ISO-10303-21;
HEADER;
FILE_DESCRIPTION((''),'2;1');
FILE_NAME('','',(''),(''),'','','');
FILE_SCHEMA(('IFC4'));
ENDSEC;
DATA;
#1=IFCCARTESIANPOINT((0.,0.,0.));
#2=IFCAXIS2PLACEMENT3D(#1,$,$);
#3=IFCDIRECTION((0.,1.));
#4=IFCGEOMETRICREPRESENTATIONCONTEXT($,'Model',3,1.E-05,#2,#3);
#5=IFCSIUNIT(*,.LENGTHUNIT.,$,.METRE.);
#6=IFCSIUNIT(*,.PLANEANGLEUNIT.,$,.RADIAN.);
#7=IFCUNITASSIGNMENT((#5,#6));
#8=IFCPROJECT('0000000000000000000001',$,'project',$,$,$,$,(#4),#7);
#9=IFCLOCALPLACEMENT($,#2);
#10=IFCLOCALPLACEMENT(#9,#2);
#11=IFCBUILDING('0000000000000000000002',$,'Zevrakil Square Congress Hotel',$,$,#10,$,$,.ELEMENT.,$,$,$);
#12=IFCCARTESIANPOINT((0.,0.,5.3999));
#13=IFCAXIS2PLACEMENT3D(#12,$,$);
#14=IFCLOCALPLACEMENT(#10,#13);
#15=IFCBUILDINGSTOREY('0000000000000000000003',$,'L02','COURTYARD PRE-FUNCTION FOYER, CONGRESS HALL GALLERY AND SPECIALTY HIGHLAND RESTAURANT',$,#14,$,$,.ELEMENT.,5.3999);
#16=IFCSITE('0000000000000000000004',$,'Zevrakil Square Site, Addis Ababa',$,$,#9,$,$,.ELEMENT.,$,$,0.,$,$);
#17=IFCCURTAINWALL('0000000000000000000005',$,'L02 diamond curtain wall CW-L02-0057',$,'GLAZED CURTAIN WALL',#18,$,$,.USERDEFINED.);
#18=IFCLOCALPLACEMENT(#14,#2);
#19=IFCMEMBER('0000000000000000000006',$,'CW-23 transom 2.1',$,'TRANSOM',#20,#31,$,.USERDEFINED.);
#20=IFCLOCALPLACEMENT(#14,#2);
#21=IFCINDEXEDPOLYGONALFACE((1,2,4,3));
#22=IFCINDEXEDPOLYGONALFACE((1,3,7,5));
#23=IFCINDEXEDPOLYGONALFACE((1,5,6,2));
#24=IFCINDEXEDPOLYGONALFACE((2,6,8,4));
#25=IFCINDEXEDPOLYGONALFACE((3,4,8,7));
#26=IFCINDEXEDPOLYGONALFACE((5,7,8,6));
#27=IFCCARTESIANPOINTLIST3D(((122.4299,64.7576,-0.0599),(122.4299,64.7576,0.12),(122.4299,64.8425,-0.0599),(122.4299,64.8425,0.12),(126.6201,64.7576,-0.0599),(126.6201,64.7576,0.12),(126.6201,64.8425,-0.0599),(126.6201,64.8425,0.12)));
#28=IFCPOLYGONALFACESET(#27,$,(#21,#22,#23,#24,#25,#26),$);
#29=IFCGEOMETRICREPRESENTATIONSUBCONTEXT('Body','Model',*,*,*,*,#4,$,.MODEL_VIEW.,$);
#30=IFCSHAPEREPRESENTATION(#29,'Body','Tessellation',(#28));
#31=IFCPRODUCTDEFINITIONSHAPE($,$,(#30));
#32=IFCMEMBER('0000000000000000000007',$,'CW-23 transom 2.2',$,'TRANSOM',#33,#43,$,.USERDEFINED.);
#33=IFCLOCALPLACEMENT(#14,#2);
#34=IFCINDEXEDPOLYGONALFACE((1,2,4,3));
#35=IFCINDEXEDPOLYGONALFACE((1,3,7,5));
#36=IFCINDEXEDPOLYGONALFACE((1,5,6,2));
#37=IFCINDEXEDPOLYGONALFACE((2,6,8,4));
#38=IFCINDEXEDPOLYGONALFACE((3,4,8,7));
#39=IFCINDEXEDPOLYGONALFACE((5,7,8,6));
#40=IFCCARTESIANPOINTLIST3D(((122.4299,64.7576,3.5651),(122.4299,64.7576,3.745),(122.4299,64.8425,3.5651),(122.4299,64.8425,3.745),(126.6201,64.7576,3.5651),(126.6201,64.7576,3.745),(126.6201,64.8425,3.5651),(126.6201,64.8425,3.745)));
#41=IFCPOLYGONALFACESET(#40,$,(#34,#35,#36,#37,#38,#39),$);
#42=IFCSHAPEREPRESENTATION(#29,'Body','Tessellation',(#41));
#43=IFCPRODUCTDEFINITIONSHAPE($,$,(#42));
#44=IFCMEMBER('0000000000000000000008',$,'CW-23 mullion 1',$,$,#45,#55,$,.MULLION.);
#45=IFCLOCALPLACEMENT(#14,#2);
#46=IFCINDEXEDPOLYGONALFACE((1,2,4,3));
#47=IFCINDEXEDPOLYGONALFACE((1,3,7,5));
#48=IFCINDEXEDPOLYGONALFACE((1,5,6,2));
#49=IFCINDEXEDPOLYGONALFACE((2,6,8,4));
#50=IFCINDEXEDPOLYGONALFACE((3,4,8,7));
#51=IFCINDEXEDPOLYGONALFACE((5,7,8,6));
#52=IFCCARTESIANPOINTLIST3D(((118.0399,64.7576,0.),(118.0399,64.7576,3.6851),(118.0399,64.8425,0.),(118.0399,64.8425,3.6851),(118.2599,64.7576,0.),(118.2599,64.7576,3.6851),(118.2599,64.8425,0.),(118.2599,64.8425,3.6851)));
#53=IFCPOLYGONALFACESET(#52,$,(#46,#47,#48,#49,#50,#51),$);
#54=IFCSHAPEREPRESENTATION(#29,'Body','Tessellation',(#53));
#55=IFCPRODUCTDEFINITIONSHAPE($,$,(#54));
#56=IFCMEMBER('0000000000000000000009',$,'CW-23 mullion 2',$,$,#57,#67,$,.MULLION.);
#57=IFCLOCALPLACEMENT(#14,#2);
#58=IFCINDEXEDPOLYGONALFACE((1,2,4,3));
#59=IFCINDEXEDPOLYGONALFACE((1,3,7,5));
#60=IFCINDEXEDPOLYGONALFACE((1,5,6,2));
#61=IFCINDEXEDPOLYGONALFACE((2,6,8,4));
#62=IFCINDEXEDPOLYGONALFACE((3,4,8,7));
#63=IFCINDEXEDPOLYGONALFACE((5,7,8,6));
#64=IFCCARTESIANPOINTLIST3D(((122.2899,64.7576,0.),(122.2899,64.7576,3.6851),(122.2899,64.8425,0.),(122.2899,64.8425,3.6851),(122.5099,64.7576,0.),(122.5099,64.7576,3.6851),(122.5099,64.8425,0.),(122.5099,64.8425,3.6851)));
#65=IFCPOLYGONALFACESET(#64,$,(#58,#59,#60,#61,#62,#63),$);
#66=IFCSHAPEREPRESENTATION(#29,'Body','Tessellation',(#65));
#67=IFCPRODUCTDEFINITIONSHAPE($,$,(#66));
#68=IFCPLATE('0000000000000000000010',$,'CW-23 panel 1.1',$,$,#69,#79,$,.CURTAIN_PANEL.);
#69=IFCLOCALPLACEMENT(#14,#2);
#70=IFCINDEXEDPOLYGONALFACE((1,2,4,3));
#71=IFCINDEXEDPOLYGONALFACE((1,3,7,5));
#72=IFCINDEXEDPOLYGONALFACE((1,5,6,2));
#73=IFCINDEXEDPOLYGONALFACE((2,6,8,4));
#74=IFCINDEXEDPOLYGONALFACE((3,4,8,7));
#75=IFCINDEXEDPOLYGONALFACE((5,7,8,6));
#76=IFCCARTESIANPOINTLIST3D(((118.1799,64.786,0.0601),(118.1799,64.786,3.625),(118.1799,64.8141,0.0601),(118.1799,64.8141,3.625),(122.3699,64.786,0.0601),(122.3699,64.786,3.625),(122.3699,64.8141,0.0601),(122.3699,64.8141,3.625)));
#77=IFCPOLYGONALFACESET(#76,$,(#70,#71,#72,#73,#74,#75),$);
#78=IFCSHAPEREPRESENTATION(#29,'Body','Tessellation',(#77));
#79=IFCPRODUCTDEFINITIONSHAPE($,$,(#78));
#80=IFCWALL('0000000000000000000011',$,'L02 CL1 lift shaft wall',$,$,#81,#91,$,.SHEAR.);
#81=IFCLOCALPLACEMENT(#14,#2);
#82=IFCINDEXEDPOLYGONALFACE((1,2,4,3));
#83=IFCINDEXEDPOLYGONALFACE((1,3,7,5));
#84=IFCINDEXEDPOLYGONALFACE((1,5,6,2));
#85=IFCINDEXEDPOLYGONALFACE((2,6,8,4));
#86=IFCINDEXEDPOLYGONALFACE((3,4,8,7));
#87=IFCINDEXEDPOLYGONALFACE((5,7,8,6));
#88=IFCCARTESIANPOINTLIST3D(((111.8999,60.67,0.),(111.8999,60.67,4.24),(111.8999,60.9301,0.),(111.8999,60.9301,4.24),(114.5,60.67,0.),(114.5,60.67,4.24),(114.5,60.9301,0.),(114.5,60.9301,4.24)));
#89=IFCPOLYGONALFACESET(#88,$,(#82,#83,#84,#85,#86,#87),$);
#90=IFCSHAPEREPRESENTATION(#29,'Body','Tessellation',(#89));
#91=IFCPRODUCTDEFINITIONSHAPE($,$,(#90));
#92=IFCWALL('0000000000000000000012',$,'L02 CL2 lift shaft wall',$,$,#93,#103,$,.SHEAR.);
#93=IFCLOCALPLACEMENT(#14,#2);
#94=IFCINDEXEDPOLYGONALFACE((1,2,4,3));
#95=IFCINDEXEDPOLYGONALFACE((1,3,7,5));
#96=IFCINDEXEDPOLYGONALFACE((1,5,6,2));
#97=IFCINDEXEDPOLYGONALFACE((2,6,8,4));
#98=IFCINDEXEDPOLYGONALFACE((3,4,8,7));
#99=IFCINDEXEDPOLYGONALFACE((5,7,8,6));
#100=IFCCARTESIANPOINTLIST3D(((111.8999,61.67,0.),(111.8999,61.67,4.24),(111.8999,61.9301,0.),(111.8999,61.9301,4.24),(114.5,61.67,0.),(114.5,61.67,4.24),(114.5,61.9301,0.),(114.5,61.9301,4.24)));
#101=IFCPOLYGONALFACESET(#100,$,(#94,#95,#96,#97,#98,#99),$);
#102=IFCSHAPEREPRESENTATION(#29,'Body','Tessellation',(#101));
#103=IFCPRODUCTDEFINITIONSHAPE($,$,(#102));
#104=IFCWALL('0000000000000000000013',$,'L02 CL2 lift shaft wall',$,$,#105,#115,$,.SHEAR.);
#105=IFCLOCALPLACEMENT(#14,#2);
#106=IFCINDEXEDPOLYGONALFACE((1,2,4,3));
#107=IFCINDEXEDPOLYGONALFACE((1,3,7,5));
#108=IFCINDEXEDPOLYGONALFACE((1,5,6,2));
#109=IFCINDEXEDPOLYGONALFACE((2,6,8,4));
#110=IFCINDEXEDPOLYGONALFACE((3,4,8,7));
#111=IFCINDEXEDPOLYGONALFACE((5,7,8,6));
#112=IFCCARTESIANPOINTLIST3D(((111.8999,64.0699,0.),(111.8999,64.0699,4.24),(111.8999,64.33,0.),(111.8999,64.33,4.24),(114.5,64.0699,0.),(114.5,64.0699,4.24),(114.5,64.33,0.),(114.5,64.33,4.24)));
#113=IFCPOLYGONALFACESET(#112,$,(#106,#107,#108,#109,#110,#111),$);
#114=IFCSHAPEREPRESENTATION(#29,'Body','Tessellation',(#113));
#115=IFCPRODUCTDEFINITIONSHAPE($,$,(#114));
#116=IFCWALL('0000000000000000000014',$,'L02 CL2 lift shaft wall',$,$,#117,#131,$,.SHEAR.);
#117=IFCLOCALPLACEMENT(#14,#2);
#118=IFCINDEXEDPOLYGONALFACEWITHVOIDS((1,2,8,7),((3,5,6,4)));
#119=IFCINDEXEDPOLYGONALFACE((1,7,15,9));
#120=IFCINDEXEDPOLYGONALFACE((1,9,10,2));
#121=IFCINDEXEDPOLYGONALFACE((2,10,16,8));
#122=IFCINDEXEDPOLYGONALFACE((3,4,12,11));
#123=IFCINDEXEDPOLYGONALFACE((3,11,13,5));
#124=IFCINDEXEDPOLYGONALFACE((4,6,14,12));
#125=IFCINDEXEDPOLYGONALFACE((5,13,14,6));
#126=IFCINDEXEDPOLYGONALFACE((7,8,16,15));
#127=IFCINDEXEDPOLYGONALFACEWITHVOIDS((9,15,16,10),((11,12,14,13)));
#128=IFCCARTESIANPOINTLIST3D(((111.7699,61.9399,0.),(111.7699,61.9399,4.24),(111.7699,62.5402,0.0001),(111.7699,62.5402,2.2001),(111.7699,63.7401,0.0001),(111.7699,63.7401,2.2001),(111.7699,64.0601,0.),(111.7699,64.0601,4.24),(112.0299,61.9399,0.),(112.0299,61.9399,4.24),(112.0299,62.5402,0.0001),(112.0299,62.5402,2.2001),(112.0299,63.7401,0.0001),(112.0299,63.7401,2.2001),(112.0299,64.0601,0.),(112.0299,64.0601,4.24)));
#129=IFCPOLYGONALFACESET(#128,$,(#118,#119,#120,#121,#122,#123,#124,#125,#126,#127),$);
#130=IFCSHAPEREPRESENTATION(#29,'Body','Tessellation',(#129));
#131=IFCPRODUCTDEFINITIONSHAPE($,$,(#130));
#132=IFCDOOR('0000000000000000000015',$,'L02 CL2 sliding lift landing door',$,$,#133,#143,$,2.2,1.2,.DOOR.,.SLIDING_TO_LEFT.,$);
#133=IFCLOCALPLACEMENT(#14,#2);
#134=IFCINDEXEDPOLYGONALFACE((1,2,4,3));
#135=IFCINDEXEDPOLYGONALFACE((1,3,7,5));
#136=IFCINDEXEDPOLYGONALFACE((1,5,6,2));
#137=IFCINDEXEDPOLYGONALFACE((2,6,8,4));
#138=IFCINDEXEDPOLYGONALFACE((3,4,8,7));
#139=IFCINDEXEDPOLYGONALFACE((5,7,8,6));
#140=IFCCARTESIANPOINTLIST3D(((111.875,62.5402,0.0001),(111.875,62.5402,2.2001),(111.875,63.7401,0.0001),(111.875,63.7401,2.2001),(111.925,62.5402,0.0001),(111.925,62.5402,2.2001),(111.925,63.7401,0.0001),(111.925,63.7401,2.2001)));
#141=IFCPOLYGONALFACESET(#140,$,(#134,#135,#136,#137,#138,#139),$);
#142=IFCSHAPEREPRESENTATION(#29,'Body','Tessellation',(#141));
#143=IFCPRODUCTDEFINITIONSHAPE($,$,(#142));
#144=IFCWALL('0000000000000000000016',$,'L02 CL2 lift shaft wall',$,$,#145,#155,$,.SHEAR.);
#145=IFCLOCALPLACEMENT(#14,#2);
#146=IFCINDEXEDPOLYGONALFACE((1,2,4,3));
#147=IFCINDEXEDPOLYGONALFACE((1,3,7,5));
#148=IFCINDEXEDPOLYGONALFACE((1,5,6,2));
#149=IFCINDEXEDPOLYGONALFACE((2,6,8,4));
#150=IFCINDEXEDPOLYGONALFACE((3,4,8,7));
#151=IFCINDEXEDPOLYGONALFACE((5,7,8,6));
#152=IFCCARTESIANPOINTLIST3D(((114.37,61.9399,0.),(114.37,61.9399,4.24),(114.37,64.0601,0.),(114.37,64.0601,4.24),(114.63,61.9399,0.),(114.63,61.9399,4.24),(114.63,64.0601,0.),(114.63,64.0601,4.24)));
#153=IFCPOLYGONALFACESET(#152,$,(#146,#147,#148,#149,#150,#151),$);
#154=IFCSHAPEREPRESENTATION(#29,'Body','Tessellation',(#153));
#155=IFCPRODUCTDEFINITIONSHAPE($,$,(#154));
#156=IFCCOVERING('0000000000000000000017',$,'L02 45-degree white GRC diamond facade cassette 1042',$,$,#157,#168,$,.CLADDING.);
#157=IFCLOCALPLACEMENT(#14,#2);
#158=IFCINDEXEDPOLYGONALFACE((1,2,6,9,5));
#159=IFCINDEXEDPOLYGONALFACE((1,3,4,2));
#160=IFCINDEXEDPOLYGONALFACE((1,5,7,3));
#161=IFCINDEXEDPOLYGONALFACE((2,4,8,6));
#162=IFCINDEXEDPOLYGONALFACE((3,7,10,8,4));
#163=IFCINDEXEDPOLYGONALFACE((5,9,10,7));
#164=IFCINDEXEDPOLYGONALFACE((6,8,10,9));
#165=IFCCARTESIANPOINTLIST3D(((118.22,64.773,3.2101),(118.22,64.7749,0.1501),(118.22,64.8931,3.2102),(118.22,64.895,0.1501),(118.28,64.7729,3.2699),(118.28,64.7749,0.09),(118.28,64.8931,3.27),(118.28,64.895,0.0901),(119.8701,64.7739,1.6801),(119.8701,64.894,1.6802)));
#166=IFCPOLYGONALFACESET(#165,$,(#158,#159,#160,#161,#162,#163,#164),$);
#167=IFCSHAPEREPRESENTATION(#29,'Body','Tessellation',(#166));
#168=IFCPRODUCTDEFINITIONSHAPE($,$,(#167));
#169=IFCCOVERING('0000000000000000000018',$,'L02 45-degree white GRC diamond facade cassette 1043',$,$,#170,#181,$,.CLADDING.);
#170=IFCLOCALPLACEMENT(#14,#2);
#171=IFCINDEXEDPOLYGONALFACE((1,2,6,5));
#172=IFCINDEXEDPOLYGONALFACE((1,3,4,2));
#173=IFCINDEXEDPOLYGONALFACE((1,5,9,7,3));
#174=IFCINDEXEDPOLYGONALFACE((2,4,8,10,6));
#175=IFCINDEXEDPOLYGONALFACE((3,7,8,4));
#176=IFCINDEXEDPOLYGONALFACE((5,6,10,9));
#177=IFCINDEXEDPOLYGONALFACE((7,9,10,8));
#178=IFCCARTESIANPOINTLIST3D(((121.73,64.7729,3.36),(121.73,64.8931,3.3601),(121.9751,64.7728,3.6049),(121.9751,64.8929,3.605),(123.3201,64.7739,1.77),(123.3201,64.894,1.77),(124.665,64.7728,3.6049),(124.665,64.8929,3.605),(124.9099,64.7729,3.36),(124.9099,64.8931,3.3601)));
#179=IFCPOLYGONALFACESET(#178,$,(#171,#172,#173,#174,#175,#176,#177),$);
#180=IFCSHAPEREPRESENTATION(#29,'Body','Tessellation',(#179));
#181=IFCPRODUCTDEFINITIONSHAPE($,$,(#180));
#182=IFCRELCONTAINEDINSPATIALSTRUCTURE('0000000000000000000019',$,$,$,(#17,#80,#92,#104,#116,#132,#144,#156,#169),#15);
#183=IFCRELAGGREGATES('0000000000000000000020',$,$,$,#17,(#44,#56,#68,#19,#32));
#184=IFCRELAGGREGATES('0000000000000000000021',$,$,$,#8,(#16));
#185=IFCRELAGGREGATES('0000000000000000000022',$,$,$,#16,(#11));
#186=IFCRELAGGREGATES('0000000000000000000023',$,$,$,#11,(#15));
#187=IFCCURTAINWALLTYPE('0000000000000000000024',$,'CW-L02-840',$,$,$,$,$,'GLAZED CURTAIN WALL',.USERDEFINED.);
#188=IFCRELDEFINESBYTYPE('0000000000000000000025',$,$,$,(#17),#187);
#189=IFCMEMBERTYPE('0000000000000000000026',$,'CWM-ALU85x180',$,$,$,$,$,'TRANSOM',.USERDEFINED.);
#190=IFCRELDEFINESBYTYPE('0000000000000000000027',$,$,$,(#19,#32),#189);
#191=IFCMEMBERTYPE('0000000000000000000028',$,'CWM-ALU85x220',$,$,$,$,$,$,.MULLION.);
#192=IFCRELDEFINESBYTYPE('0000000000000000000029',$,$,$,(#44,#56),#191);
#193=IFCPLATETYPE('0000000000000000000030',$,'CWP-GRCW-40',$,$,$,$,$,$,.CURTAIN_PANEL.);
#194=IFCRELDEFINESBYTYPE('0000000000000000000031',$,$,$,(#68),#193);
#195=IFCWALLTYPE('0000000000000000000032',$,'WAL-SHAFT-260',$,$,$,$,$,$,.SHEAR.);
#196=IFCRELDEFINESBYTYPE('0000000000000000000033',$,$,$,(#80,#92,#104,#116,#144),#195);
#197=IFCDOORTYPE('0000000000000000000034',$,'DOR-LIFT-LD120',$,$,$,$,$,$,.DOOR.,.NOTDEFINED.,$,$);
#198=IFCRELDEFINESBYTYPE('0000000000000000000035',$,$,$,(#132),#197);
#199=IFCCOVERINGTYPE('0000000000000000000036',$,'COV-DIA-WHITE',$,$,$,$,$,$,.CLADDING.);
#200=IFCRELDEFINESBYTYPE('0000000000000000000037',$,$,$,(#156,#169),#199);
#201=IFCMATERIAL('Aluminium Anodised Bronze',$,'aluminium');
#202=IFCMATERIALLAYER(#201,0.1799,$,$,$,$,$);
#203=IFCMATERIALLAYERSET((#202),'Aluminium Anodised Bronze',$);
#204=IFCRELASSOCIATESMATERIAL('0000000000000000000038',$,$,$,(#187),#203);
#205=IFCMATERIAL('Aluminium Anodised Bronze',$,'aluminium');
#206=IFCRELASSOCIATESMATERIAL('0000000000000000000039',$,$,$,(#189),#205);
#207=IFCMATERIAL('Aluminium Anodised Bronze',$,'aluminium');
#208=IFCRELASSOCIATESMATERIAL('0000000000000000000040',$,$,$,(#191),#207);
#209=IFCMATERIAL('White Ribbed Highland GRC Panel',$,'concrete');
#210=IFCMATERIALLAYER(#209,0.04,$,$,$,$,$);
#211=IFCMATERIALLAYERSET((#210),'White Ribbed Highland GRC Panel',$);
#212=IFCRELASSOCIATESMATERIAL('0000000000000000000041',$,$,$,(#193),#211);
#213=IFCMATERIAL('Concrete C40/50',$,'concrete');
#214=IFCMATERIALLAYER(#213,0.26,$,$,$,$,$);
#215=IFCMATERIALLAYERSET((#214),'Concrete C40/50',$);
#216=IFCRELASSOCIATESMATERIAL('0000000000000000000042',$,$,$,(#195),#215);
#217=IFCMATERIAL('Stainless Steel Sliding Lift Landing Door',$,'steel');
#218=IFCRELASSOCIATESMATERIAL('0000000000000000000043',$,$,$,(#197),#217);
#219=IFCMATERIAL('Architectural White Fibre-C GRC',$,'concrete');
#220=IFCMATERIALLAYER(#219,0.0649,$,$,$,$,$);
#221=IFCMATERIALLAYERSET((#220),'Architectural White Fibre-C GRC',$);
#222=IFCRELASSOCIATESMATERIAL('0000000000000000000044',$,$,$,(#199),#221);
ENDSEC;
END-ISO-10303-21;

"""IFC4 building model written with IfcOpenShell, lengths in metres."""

from ifc_helpers import new_model, si_unit, direction, frame, frame_2d, origin, origin_2d, place, context, subcontext, project, spatial, polyline, rectangle, outline, extrude, material, layer, layer_set, material_profile, profile_set, type_object, element, fill, aggregate, save


model = new_model("IFC4")

# Units and contexts
model_context = context("Model", 3, precision=1e-05, world=origin(), true_north=direction((0.0, 1.0)))
body_context = subcontext(model_context, "Body", "Model", "MODEL_VIEW")
ifc_project = project(units=[si_unit("LENGTHUNIT", "METRE"), si_unit("PLANEANGLEUNIT", "RADIAN")], contexts=[model_context])

# Site, building, storey
site_placement = place(None, origin())
site = spatial("IfcSite", under=ifc_project, at=site_placement, Name="Zevrakil Square Site, Addis Ababa", CompositionType="ELEMENT", RefElevation=0.0)
building_placement = place(site_placement, origin())
building = spatial("IfcBuilding", under=site, at=building_placement, Name="Zevrakil Square Congress Hotel", CompositionType="ELEMENT")
storey_placement = place(building_placement, frame((0.0, 0.0, 5.3999)))
storey = spatial("IfcBuildingStorey", under=building, at=storey_placement, Name="L02", Description="COURTYARD PRE-FUNCTION FOYER, CONGRESS HALL GALLERY AND SPECIALTY HIGHLAND RESTAURANT", CompositionType="ELEMENT", Elevation=5.3999)

# Curtain wall, members, plate
ifc_material_1 = material(Name="Aluminium Anodised Bronze", Category="aluminium")
ifc_layer_1 = layer(ifc_material_1, 0.1799)
ifc_layer_set_1 = layer_set([ifc_layer_1], Name="Aluminium Anodised Bronze")
curtain_wall_type = type_object("IfcCurtainWallType", Name="CW-L02-840", ElementType="GLAZED CURTAIN WALL", PredefinedType="USERDEFINED", material=ifc_layer_set_1)
curtain_wall_placement = place(storey_placement, origin())
curtain_wall = element("IfcCurtainWall", 1, at=curtain_wall_placement, inside=storey, type_object=curtain_wall_type, Name="L02 diamond curtain wall CW-L02-0057", ObjectType="GLAZED CURTAIN WALL", PredefinedType="USERDEFINED")
ifc_material_2 = material(Name="Aluminium Anodised Bronze", Category="aluminium")
ifc_material_profile_1 = material_profile(ifc_material_2, rectangle(XDim=0.085, YDim=0.1799, at=origin_2d()), Name="ALU 85x180")
ifc_profile_set_1 = profile_set([ifc_material_profile_1], Name="Aluminium Anodised Bronze")
member_type_1 = type_object("IfcMemberType", Name="CWM-ALU85x180", ElementType="TRANSOM", PredefinedType="USERDEFINED", material=ifc_profile_set_1)
member_1_placement = place(storey_placement, frame((122.4299, 64.8, 0.03), z_axis=(1.0, 0.0, 0.0), x_axis=(0.0, 1.0, 0.0)))
member_1 = element("IfcMember", 2, at=member_1_placement, type_object=member_type_1, Name="CW-23 transom 2.1", ObjectType="TRANSOM", PredefinedType="USERDEFINED", context=body_context, shape_type="SweptSolid", body=[
    extrude(rectangle(XDim=0.085, YDim=0.1799, at=origin_2d()), origin(), (0.0, 0.0, 1.0), 4.1902),
])
member_2_placement = place(storey_placement, frame((122.4299, 64.8, 3.655), z_axis=(1.0, 0.0, 0.0), x_axis=(0.0, 1.0, 0.0)))
member_2 = element("IfcMember", 3, at=member_2_placement, type_object=member_type_1, Name="CW-23 transom 2.2", ObjectType="TRANSOM", PredefinedType="USERDEFINED", context=body_context, shape_type="SweptSolid", body=[
    extrude(rectangle(XDim=0.085, YDim=0.1799, at=origin_2d()), origin(), (0.0, 0.0, 1.0), 4.1902),
])
ifc_material_3 = material(Name="Aluminium Anodised Bronze", Category="aluminium")
ifc_material_profile_2 = material_profile(ifc_material_3, rectangle(XDim=0.085, YDim=0.22, at=origin_2d()), Name="ALU 85x220")
ifc_profile_set_2 = profile_set([ifc_material_profile_2], Name="Aluminium Anodised Bronze")
member_type_2 = type_object("IfcMemberType", Name="CWM-ALU85x220", PredefinedType="MULLION", material=ifc_profile_set_2)
member_3_placement = place(storey_placement, frame((118.1499, 64.8, 0.0), z_axis=(0.0, 0.0, 1.0), x_axis=(0.0, 1.0, 0.0)))
member_3 = element("IfcMember", 4, at=member_3_placement, type_object=member_type_2, Name="CW-23 mullion 1", PredefinedType="MULLION", context=body_context, shape_type="SweptSolid", body=[
    extrude(rectangle(XDim=0.085, YDim=0.22, at=origin_2d()), origin(), (0.0, 0.0, 1.0), 3.6851),
])
member_4_placement = place(storey_placement, frame((122.3999, 64.8, 0.0), z_axis=(0.0, 0.0, 1.0), x_axis=(0.0, 1.0, 0.0)))
member_4 = element("IfcMember", 5, at=member_4_placement, type_object=member_type_2, Name="CW-23 mullion 2", PredefinedType="MULLION", context=body_context, shape_type="SweptSolid", body=[
    extrude(rectangle(XDim=0.085, YDim=0.22, at=origin_2d()), origin(), (0.0, 0.0, 1.0), 3.6851),
])
ifc_material_4 = material(Name="White Ribbed Highland GRC Panel", Category="concrete")
ifc_layer_2 = layer(ifc_material_4, 0.04)
ifc_layer_set_2 = layer_set([ifc_layer_2], Name="White Ribbed Highland GRC Panel")
plate_type = type_object("IfcPlateType", Name="CWP-GRCW-40", PredefinedType="CURTAIN_PANEL", material=ifc_layer_set_2)
plate_placement = place(storey_placement, frame((120.2749, 64.8, 0.0601), z_axis=(0.0, 0.0, 1.0), x_axis=(1.0, 0.0, 0.0)))
plate = element("IfcPlate", 6, at=plate_placement, type_object=plate_type, Name="CW-23 panel 1.1", PredefinedType="CURTAIN_PANEL", context=body_context, shape_type="SweptSolid", body=[
    extrude(rectangle(XDim=4.1899, YDim=0.0281, at=origin_2d()), origin(), (0.0, 0.0, 1.0), 3.5649),
])
aggregate(curtain_wall, [member_3, member_4, plate, member_1, member_2])

# Walls
ifc_material_5 = material(Name="Concrete C40/50", Category="concrete")
ifc_layer_3 = layer(ifc_material_5, 0.26)
ifc_layer_set_3 = layer_set([ifc_layer_3], Name="Concrete C40/50")
wall_type = type_object("IfcWallType", Name="WAL-SHAFT-260", PredefinedType="SHEAR", material=ifc_layer_set_3)
for number, where, z_axis, x_axis, name in (
    (7, (111.8999, 60.8, 0.0), (0.0, 0.0, 1.0), (1.0, 0.0, 0.0), "L02 CL1 lift shaft wall"),
    (8, (111.8999, 61.8, 0.0), (0.0, 0.0, 1.0), (1.0, 0.0, 0.0), "L02 CL2 lift shaft wall"),
    (9, (111.8999, 64.2, 0.0), (0.0, 0.0, 1.0), (1.0, 0.0, 0.0), "L02 CL2 lift shaft wall"),
):
    element("IfcWall", number, at=place(storey_placement, frame(where, z_axis=z_axis, x_axis=x_axis)), inside=storey, type_object=wall_type, Name=name, PredefinedType="SHEAR", context=body_context, shape_type="SweptSolid", body=[
        extrude(rectangle(XDim=2.6001, YDim=0.26, at=frame_2d((1.3, 0.0))), origin(), (0.0, 0.0, 1.0), 4.24),
    ])

# Wall, opening, door
wall_1_placement = place(storey_placement, frame((111.8999, 61.9399, 0.0), z_axis=(0.0, 0.0, 1.0), x_axis=(0.0, 1.0, 0.0)))
wall_1 = element("IfcWall", 10, at=wall_1_placement, inside=storey, type_object=wall_type, Name="L02 CL2 lift shaft wall", PredefinedType="SHEAR", context=body_context, shape_type="SweptSolid", body=[
    extrude(rectangle(XDim=2.1201, YDim=0.26, at=frame_2d((1.0601, 0.0))), origin(), (0.0, 0.0, 1.0), 4.24),
])
opening_placement = place(wall_1_placement, frame((0.6001, 0.0, 0.0)))
opening = element("IfcOpeningElement", 11, at=opening_placement, cuts=wall_1, PredefinedType="OPENING", context=body_context, shape_type="SweptSolid", body=[
    extrude(rectangle(XDim=1.2, YDim=2.2, at=frame_2d((0.6001, 1.1001))), frame((0.0, 0.1401, 0.0), z_axis=(0.0, -1.0, 0.0), x_axis=(1.0, 0.0, 0.0)), (0.0, 0.0, 1.0), 0.28),
])
ifc_material_6 = material(Name="Stainless Steel Sliding Lift Landing Door", Category="steel")
door_type = type_object("IfcDoorType", Name="DOR-LIFT-LD120", OperationType="NOTDEFINED", PredefinedType="DOOR", material=ifc_material_6)
door_placement = place(opening_placement, origin())
door = element("IfcDoor", 12, at=door_placement, inside=storey, type_object=door_type, Name="L02 CL2 sliding lift landing door", OperationType="SLIDING_TO_LEFT", OverallHeight=2.2, OverallWidth=1.2, PredefinedType="DOOR", context=body_context, shape_type="SweptSolid", body=[
    extrude(rectangle(XDim=1.2, YDim=2.2, at=frame_2d((0.6001, 1.1001))), frame((0.0, 0.0249, 0.0), z_axis=(0.0, -1.0, 0.0), x_axis=(1.0, 0.0, 0.0)), (0.0, 0.0, 1.0), 0.05),
])
fill(opening, door)

# Wall
wall_2_placement = place(storey_placement, frame((114.5, 61.9399, 0.0), z_axis=(0.0, 0.0, 1.0), x_axis=(0.0, 1.0, 0.0)))
element("IfcWall", 13, at=wall_2_placement, inside=storey, type_object=wall_type, Name="L02 CL2 lift shaft wall", PredefinedType="SHEAR", context=body_context, shape_type="SweptSolid", body=[
    extrude(rectangle(XDim=2.1201, YDim=0.26, at=frame_2d((1.0601, 0.0))), origin(), (0.0, 0.0, 1.0), 4.24),
])

# Coverings
ifc_material_7 = material(Name="Architectural White Fibre-C GRC", Category="concrete")
ifc_layer_4 = layer(ifc_material_7, 0.0649)
ifc_layer_set_4 = layer_set([ifc_layer_4], Name="Architectural White Fibre-C GRC")
covering_type = type_object("IfcCoveringType", Name="COV-DIA-WHITE", PredefinedType="CLADDING", material=ifc_layer_set_4)
covering_1_placement = place(storey_placement, frame((118.28, 64.895, 0.0901), z_axis=(0.0, 1.0, 0.000615), x_axis=(0.707107, -0.000435, 0.707107)))
element("IfcCovering", 14, at=covering_1_placement, inside=storey, type_object=covering_type, Name="L02 45-degree white GRC diamond facade cassette 1042", PredefinedType="CLADDING", context=body_context, shape_type="SweptSolid", body=[
    extrude(outline(polyline([(0.0, 0.0), (2.2487, 0.0), (2.2486, -2.2486), (2.1638, -2.2487), (0.0, -0.0849), (0.0, 0.0)])), origin(), (0.0, 0.0, -1.0), 0.1201),
])
covering_2_placement = place(storey_placement, frame((121.73, 64.8931, 3.3601), z_axis=(0.0, 1.0, 0.000579), x_axis=(0.707107, 0.00041, -0.707107)))
element("IfcCovering", 15, at=covering_2_placement, inside=storey, type_object=covering_type, Name="L02 45-degree white GRC diamond facade cassette 1043", PredefinedType="CLADDING", context=body_context, shape_type="SweptSolid", body=[
    extrude(outline(polyline([(0.0, 0.0), (2.2487, 0.0), (2.2486, -2.2486), (1.9022, -2.2486), (0.0002, -0.3465), (0.0, 0.0)])), origin(), (0.0, 0.0, -1.0), 0.1201),
])

save(model, "model.ifc")
